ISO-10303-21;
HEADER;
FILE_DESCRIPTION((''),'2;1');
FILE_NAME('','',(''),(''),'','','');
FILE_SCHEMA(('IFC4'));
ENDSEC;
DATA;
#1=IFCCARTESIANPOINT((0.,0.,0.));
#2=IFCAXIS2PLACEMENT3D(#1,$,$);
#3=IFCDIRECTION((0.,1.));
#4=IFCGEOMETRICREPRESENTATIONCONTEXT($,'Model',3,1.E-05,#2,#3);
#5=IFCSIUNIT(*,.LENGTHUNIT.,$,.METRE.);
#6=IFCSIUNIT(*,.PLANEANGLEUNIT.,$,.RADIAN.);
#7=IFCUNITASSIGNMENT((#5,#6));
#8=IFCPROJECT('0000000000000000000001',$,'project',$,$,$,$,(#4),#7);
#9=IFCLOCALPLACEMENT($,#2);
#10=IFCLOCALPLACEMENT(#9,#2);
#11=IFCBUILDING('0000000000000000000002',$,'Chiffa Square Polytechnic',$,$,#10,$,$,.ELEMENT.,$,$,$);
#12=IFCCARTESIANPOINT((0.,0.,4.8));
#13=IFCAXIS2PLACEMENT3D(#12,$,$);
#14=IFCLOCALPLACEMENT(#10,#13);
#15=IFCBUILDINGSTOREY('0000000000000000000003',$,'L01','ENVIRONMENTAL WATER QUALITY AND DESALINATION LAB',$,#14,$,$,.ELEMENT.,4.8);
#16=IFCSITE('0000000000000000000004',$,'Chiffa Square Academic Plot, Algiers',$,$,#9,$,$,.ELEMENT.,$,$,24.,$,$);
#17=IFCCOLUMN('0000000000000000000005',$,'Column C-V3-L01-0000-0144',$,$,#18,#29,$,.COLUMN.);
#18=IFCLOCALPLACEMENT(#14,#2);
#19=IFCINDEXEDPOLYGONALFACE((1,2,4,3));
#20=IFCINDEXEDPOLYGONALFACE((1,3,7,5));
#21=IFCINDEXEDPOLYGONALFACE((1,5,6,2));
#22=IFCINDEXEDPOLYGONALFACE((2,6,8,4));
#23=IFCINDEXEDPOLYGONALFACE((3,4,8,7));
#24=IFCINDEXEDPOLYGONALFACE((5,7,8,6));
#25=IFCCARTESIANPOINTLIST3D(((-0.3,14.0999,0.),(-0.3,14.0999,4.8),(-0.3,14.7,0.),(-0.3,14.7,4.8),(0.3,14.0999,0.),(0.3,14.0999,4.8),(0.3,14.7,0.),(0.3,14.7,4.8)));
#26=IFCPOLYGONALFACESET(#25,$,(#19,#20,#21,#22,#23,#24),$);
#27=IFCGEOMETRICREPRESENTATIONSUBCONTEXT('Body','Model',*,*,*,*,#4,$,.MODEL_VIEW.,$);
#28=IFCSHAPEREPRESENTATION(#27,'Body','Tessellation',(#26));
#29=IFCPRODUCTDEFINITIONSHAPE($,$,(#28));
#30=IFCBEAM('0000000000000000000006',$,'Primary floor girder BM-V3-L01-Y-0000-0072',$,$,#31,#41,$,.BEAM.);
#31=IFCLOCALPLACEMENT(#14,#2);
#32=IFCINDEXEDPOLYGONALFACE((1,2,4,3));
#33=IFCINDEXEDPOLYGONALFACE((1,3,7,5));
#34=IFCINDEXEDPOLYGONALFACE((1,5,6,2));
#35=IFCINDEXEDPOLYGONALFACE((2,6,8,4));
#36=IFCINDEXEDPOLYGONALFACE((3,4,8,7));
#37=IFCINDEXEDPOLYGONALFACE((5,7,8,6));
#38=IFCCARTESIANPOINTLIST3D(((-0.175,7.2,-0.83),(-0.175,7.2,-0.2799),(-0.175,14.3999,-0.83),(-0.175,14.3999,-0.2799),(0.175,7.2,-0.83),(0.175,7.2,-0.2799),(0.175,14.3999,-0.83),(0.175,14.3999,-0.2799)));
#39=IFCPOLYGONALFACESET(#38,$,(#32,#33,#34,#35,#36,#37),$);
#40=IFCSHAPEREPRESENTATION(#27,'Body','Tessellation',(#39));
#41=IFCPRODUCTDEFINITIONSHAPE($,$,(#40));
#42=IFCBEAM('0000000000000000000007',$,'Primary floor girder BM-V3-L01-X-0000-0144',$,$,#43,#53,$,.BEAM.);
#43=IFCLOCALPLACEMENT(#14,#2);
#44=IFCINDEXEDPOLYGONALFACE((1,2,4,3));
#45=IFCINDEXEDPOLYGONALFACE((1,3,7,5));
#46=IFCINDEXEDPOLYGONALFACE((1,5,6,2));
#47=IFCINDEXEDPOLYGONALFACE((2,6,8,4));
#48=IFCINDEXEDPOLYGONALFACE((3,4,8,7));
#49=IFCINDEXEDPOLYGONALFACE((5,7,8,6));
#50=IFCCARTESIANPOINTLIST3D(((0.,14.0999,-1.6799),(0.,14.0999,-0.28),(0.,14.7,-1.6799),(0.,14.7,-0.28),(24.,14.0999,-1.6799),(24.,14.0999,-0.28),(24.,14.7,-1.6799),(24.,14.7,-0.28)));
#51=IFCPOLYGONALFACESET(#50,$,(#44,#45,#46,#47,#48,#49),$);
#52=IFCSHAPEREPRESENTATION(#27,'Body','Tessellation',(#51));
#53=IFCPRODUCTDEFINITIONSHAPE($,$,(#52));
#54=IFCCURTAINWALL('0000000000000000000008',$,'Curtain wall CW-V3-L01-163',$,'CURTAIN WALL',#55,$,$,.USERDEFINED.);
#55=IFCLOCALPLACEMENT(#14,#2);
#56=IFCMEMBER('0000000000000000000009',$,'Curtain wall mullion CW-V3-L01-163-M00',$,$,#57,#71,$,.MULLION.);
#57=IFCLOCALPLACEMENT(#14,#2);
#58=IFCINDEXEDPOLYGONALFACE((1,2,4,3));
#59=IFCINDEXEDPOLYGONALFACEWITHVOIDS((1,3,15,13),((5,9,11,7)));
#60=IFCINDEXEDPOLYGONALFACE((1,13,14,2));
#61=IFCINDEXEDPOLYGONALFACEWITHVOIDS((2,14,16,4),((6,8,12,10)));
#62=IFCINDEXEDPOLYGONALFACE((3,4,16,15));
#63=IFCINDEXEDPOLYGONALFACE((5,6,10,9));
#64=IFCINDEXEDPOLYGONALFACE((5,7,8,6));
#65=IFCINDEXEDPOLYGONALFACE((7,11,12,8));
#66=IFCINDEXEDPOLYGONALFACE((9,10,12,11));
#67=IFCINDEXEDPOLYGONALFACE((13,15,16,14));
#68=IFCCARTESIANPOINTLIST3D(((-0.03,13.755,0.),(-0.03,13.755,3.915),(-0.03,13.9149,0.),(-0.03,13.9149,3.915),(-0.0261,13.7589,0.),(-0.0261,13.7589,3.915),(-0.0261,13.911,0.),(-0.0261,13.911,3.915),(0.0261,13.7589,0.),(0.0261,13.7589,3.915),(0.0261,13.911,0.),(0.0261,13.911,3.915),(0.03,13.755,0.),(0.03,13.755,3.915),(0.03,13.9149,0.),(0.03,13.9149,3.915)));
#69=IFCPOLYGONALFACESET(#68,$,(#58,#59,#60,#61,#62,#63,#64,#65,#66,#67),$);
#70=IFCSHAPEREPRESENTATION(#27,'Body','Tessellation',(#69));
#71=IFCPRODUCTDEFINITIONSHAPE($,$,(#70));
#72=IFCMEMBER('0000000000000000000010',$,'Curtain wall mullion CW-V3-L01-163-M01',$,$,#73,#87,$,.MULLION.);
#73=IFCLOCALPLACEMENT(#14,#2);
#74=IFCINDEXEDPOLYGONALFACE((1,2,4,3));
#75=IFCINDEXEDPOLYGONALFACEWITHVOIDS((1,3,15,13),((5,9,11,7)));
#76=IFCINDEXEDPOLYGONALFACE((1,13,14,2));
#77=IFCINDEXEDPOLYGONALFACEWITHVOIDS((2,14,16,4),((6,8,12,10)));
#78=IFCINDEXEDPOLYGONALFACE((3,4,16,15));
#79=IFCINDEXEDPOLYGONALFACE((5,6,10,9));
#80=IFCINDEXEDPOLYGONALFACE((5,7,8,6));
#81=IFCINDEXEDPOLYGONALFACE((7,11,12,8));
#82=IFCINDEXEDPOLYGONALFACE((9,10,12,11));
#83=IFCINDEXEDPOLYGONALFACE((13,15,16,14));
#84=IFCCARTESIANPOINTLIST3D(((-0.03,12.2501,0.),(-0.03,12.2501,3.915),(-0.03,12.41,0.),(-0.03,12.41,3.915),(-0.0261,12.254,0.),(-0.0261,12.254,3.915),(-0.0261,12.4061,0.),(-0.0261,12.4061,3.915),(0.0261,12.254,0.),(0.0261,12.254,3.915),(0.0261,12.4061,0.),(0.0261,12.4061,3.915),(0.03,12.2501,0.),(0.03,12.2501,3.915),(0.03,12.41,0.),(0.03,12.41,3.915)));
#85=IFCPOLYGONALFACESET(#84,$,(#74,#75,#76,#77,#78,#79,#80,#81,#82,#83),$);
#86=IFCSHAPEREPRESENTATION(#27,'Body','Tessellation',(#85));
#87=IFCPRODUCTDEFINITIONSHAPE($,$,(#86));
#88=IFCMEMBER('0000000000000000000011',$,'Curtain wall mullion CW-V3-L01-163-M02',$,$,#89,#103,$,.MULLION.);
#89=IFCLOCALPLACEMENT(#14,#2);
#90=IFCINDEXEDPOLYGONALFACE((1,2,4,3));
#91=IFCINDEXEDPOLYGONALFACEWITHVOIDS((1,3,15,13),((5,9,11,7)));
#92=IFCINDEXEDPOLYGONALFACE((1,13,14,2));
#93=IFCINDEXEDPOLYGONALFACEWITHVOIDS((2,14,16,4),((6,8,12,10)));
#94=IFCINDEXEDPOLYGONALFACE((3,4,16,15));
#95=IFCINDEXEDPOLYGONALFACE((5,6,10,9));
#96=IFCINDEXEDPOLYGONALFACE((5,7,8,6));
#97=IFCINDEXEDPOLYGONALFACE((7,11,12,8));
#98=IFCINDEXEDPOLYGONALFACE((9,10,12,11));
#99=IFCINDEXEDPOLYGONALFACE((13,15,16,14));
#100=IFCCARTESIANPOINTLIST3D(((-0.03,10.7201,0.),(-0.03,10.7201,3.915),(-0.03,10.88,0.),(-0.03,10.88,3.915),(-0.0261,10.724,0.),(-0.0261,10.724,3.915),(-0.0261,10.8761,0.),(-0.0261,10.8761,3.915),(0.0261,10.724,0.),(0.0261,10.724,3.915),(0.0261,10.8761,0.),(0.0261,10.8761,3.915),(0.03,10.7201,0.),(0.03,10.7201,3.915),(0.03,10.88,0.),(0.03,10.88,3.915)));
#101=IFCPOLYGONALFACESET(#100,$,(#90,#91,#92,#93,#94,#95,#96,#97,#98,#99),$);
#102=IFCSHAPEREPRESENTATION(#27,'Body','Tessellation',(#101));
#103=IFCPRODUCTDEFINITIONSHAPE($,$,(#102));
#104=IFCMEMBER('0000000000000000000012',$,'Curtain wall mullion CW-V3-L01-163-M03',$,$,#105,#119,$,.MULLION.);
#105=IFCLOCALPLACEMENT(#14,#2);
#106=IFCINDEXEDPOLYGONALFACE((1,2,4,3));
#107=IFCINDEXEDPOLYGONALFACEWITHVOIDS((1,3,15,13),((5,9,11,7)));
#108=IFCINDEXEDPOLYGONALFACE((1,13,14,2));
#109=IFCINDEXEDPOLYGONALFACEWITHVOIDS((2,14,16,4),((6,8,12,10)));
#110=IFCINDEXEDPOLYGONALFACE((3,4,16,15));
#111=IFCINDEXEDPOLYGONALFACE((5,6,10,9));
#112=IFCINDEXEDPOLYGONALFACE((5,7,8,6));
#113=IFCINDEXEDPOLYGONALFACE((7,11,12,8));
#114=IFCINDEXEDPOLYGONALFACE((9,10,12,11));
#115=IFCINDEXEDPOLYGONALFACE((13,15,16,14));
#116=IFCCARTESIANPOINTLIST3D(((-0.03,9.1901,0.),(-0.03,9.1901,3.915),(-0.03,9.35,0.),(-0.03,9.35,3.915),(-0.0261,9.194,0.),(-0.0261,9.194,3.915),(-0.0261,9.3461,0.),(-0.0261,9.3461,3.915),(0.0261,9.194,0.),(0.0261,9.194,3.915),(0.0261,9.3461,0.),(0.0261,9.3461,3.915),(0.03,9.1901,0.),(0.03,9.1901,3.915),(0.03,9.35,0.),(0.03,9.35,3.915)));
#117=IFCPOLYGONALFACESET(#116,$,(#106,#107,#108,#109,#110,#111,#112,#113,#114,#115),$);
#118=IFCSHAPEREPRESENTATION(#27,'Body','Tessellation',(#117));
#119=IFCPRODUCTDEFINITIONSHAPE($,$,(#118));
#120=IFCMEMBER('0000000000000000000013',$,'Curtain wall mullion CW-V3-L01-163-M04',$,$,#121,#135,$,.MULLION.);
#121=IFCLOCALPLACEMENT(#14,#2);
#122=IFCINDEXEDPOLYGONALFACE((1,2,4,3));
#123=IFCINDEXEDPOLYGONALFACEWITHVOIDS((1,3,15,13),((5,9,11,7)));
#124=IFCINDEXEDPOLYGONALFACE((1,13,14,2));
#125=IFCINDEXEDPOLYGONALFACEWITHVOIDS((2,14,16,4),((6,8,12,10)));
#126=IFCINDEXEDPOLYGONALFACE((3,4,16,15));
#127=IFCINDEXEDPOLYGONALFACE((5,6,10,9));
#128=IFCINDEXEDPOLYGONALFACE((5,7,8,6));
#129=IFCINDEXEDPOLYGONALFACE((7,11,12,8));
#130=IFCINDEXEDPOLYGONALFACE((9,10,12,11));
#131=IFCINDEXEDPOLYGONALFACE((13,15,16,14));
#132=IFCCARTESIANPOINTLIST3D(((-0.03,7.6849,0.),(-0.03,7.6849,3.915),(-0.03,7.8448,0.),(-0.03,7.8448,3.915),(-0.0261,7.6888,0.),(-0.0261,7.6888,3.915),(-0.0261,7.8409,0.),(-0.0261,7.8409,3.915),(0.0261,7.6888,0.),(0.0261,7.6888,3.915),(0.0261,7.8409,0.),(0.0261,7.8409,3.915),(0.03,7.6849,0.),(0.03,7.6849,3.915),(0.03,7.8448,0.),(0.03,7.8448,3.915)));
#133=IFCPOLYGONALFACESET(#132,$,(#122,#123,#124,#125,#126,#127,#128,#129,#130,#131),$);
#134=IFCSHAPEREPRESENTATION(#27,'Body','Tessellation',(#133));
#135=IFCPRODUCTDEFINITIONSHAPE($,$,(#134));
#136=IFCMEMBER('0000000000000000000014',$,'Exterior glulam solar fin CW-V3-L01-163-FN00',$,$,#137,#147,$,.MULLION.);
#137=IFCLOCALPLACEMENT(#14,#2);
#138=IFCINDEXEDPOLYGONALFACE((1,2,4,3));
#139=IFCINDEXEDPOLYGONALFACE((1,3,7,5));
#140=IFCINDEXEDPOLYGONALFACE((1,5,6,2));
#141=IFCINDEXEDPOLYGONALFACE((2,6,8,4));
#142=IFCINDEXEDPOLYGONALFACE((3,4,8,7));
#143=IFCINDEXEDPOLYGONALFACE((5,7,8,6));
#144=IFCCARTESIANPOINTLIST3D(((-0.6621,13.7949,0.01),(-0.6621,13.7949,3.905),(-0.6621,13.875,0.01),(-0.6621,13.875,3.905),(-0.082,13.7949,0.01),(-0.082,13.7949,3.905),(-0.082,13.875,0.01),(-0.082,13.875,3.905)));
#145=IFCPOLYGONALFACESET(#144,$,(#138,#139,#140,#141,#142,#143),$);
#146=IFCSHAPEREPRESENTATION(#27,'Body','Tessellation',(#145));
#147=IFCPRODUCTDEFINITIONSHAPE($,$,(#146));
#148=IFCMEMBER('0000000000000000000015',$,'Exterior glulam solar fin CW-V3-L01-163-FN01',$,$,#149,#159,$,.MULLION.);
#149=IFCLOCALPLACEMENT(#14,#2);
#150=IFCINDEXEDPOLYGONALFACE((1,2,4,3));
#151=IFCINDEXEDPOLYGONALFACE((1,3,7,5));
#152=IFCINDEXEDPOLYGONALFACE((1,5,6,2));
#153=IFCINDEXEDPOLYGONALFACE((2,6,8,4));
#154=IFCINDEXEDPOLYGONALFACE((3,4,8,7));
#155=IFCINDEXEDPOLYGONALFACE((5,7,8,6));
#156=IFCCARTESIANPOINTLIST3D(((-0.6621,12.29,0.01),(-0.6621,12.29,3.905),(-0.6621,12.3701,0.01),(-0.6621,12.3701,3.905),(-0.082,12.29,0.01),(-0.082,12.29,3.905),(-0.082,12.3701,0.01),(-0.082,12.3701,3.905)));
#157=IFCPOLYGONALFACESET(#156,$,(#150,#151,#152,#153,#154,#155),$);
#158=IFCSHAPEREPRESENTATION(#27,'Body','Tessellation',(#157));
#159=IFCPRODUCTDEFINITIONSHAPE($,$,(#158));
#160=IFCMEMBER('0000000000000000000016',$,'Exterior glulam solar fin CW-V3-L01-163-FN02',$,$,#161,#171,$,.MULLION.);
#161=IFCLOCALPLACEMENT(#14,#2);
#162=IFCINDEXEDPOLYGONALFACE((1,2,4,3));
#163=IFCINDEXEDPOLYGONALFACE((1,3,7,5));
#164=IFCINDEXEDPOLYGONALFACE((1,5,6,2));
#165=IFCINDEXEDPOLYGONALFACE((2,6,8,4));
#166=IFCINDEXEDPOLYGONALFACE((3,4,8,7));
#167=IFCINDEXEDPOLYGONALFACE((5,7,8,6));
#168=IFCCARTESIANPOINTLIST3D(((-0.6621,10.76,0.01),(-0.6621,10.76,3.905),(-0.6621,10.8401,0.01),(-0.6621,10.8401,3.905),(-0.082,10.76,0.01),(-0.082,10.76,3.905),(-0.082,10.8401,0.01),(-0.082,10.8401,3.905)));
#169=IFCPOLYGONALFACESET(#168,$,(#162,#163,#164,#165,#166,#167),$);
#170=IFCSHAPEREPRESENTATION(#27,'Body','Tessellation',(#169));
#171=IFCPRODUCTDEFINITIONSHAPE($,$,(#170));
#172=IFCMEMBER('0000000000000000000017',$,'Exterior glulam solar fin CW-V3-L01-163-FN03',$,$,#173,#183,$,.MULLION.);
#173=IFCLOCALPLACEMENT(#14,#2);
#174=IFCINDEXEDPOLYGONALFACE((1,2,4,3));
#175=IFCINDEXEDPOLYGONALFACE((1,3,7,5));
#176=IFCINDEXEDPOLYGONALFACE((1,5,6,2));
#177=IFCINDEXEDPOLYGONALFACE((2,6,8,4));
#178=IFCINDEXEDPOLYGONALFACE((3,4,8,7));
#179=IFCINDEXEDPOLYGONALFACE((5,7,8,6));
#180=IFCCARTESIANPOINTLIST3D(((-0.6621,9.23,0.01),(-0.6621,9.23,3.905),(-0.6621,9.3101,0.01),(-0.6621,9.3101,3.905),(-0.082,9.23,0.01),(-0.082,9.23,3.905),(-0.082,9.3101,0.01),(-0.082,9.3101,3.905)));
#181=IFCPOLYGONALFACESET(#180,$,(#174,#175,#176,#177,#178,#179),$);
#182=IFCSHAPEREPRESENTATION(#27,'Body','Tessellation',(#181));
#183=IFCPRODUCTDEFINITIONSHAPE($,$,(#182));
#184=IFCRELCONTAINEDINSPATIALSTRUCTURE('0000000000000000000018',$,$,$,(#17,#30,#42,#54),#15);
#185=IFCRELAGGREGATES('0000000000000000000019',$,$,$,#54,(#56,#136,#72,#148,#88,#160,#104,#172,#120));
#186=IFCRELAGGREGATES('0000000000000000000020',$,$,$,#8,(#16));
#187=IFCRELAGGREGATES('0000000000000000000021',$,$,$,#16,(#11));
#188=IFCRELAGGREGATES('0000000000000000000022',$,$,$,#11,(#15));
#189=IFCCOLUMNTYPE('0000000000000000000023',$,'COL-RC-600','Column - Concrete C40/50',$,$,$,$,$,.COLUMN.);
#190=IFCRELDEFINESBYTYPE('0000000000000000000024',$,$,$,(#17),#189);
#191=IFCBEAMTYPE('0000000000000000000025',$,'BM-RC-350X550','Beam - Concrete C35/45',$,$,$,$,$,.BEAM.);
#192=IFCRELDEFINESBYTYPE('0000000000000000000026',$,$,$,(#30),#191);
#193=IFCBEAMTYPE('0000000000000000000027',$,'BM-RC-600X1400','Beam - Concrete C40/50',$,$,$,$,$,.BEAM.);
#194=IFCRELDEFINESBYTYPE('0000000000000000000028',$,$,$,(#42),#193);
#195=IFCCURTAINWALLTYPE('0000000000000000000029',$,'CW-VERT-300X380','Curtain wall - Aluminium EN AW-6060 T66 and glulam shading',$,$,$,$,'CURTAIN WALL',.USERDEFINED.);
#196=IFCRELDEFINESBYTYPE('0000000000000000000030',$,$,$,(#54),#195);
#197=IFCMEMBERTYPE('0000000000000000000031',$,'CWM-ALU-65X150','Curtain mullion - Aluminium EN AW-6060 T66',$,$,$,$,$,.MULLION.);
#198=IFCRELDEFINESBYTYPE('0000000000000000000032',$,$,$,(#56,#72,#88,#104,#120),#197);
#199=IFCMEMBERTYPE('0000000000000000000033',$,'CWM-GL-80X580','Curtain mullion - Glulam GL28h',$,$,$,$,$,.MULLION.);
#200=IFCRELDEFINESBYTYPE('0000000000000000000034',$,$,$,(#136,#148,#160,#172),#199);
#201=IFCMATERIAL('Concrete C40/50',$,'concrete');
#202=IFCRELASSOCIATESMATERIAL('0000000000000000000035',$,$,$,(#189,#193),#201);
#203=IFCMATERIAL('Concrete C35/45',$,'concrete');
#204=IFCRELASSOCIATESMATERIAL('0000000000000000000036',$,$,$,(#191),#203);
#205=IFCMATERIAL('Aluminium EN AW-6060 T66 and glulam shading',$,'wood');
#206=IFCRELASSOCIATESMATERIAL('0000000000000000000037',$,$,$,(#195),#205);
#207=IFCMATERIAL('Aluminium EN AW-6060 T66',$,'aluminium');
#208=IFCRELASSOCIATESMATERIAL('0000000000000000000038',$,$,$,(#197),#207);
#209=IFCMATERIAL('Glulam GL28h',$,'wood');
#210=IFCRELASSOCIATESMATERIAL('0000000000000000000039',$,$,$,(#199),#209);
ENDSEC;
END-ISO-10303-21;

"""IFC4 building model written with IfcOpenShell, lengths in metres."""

from ifc_helpers import new_model, si_unit, direction, frame, origin, origin_2d, place, context, subcontext, project, spatial, rectangle, hollow_rectangle, extrude, material, material_profile, profile_set, type_object, element, aggregate, save


model = new_model("IFC4")

# Units and contexts
model_context = context("Model", 3, precision=1e-05, world=origin(), true_north=direction((0.0, 1.0)))
body_context = subcontext(model_context, "Body", "Model", "MODEL_VIEW")
ifc_project = project(units=[si_unit("LENGTHUNIT", "METRE"), si_unit("PLANEANGLEUNIT", "RADIAN")], contexts=[model_context])

# Site, building, storey
site_placement = place(None, origin())
site = spatial("IfcSite", under=ifc_project, at=site_placement, Name="Chiffa Square Academic Plot, Algiers", CompositionType="ELEMENT", RefElevation=24.0)
building_placement = place(site_placement, origin())
building = spatial("IfcBuilding", under=site, at=building_placement, Name="Chiffa Square Polytechnic", CompositionType="ELEMENT")
storey_placement = place(building_placement, frame((0.0, 0.0, 4.8)))
storey = spatial("IfcBuildingStorey", under=building, at=storey_placement, Name="L01", Description="ENVIRONMENTAL WATER QUALITY AND DESALINATION LAB", CompositionType="ELEMENT", Elevation=4.8)

# Column
ifc_material_1 = material(Name="Concrete C40/50", Category="concrete")
ifc_material_profile_1 = material_profile(ifc_material_1, rectangle(XDim=0.6001, YDim=0.6001, at=origin_2d()), Name="RC 600x600")
ifc_profile_set_1 = profile_set([ifc_material_profile_1], Name="Concrete C40/50")
column_type = type_object("IfcColumnType", Name="COL-RC-600", Description="Column - Concrete C40/50", PredefinedType="COLUMN", material=ifc_profile_set_1)
column_placement = place(storey_placement, frame((0.0, 14.3999, 0.0), z_axis=(0.0, 0.0, 1.0), x_axis=(1.0, 0.0, 0.0)))
element("IfcColumn", 1, at=column_placement, inside=storey, type_object=column_type, Name="Column C-V3-L01-0000-0144", PredefinedType="COLUMN", context=body_context, shape_type="SweptSolid", body=[
    extrude(rectangle(XDim=0.6001, YDim=0.6001, at=origin_2d()), origin(), (0.0, 0.0, 1.0), 4.8),
])

# Beams
ifc_material_2 = material(Name="Concrete C35/45", Category="concrete")
ifc_material_profile_2 = material_profile(ifc_material_2, rectangle(XDim=0.3501, YDim=0.55, at=origin_2d()), Name="RC 350x550")
ifc_profile_set_2 = profile_set([ifc_material_profile_2], Name="Concrete C35/45")
beam_type_1 = type_object("IfcBeamType", Name="BM-RC-350X550", Description="Beam - Concrete C35/45", PredefinedType="BEAM", material=ifc_profile_set_2)
beam_1_placement = place(storey_placement, frame((0.0, 7.2, -0.5549), z_axis=(0.0, 1.0, 0.0), x_axis=(-1.0, 0.0, 0.0)))
element("IfcBeam", 2, at=beam_1_placement, inside=storey, type_object=beam_type_1, Name="Primary floor girder BM-V3-L01-Y-0000-0072", PredefinedType="BEAM", context=body_context, shape_type="SweptSolid", body=[
    extrude(rectangle(XDim=0.3501, YDim=0.55, at=origin_2d()), origin(), (0.0, 0.0, 1.0), 7.2),
])
ifc_material_profile_3 = material_profile(ifc_material_1, rectangle(XDim=0.6001, YDim=1.3999, at=origin_2d()), Name="RC 600x1400")
ifc_profile_set_3 = profile_set([ifc_material_profile_3], Name="Concrete C40/50")
beam_type_2 = type_object("IfcBeamType", Name="BM-RC-600X1400", Description="Beam - Concrete C40/50", PredefinedType="BEAM", material=ifc_profile_set_3)
beam_2_placement = place(storey_placement, frame((0.0, 14.3999, -0.98), z_axis=(1.0, 0.0, 0.0), x_axis=(0.0, 1.0, 0.0)))
element("IfcBeam", 3, at=beam_2_placement, inside=storey, type_object=beam_type_2, Name="Primary floor girder BM-V3-L01-X-0000-0144", PredefinedType="BEAM", context=body_context, shape_type="SweptSolid", body=[
    extrude(rectangle(XDim=0.6001, YDim=1.3999, at=origin_2d()), origin(), (0.0, 0.0, 1.0), 24.0),
])

# Curtain wall, members
ifc_material_3 = material(Name="Aluminium EN AW-6060 T66 and glulam shading", Category="wood")
curtain_wall_type = type_object("IfcCurtainWallType", Name="CW-VERT-300X380", Description="Curtain wall - Aluminium EN AW-6060 T66 and glulam shading", ElementType="CURTAIN WALL", PredefinedType="USERDEFINED", material=ifc_material_3)
curtain_wall_placement = place(storey_placement, origin())
curtain_wall = element("IfcCurtainWall", 4, at=curtain_wall_placement, inside=storey, type_object=curtain_wall_type, Name="Curtain wall CW-V3-L01-163", ObjectType="CURTAIN WALL", PredefinedType="USERDEFINED")
ifc_material_4 = material(Name="Aluminium EN AW-6060 T66", Category="aluminium")
ifc_material_profile_4 = material_profile(ifc_material_4, hollow_rectangle(XDim=0.0601, YDim=0.1599, WallThickness=0.0039, at=origin_2d()), Name="ALU 60x160x4")
ifc_profile_set_4 = profile_set([ifc_material_profile_4], Name="Aluminium EN AW-6060 T66")
member_type_1 = type_object("IfcMemberType", Name="CWM-ALU-65X150", Description="Curtain mullion - Aluminium EN AW-6060 T66", PredefinedType="MULLION", material=ifc_profile_set_4)
member_1_placement = place(storey_placement, frame((0.0, 13.835, 0.0), z_axis=(0.0, 0.0, 1.0), x_axis=(1.0, 0.0, 0.0)))
member_1 = element("IfcMember", 5, at=member_1_placement, type_object=member_type_1, Name="Curtain wall mullion CW-V3-L01-163-M00", PredefinedType="MULLION", context=body_context, shape_type="SweptSolid", body=[
    extrude(hollow_rectangle(XDim=0.0601, YDim=0.1599, WallThickness=0.0039, at=origin_2d()), origin(), (0.0, 0.0, 1.0), 3.915),
])
member_2_placement = place(storey_placement, frame((0.0, 12.3301, 0.0), z_axis=(0.0, 0.0, 1.0), x_axis=(1.0, 0.0, 0.0)))
member_2 = element("IfcMember", 6, at=member_2_placement, type_object=member_type_1, Name="Curtain wall mullion CW-V3-L01-163-M01", PredefinedType="MULLION", context=body_context, shape_type="SweptSolid", body=[
    extrude(hollow_rectangle(XDim=0.0601, YDim=0.1599, WallThickness=0.0039, at=origin_2d()), origin(), (0.0, 0.0, 1.0), 3.915),
])
member_3_placement = place(storey_placement, frame((0.0, 10.8, 0.0), z_axis=(0.0, 0.0, 1.0), x_axis=(1.0, 0.0, 0.0)))
member_3 = element("IfcMember", 7, at=member_3_placement, type_object=member_type_1, Name="Curtain wall mullion CW-V3-L01-163-M02", PredefinedType="MULLION", context=body_context, shape_type="SweptSolid", body=[
    extrude(hollow_rectangle(XDim=0.0601, YDim=0.1599, WallThickness=0.0039, at=origin_2d()), origin(), (0.0, 0.0, 1.0), 3.915),
])
member_4_placement = place(storey_placement, frame((0.0, 9.27, 0.0), z_axis=(0.0, 0.0, 1.0), x_axis=(1.0, 0.0, 0.0)))
member_4 = element("IfcMember", 8, at=member_4_placement, type_object=member_type_1, Name="Curtain wall mullion CW-V3-L01-163-M03", PredefinedType="MULLION", context=body_context, shape_type="SweptSolid", body=[
    extrude(hollow_rectangle(XDim=0.0601, YDim=0.1599, WallThickness=0.0039, at=origin_2d()), origin(), (0.0, 0.0, 1.0), 3.915),
])
member_5_placement = place(storey_placement, frame((0.0, 7.7649, 0.0), z_axis=(0.0, 0.0, 1.0), x_axis=(1.0, 0.0, 0.0)))
member_5 = element("IfcMember", 9, at=member_5_placement, type_object=member_type_1, Name="Curtain wall mullion CW-V3-L01-163-M04", PredefinedType="MULLION", context=body_context, shape_type="SweptSolid", body=[
    extrude(hollow_rectangle(XDim=0.0601, YDim=0.1599, WallThickness=0.0039, at=origin_2d()), origin(), (0.0, 0.0, 1.0), 3.915),
])
ifc_material_5 = material(Name="Glulam GL28h", Category="wood")
ifc_material_profile_5 = material_profile(ifc_material_5, rectangle(XDim=0.0801, YDim=0.5801, at=origin_2d()), Name="GL28h 80x580")
ifc_profile_set_5 = profile_set([ifc_material_profile_5], Name="Glulam GL28h")
member_type_2 = type_object("IfcMemberType", Name="CWM-GL-80X580", Description="Curtain mullion - Glulam GL28h", PredefinedType="MULLION", material=ifc_profile_set_5)
member_6_placement = place(storey_placement, frame((-0.3721, 13.835, 0.01), z_axis=(0.0, 0.0, 1.0), x_axis=(0.0, -1.0, 0.0)))
member_6 = element("IfcMember", 10, at=member_6_placement, type_object=member_type_2, Name="Exterior glulam solar fin CW-V3-L01-163-FN00", PredefinedType="MULLION", context=body_context, shape_type="SweptSolid", body=[
    extrude(rectangle(XDim=0.0801, YDim=0.5801, at=origin_2d()), origin(), (0.0, 0.0, 1.0), 3.895),
])
member_7_placement = place(storey_placement, frame((-0.3721, 12.3301, 0.01), z_axis=(0.0, 0.0, 1.0), x_axis=(0.0, -1.0, 0.0)))
member_7 = element("IfcMember", 11, at=member_7_placement, type_object=member_type_2, Name="Exterior glulam solar fin CW-V3-L01-163-FN01", PredefinedType="MULLION", context=body_context, shape_type="SweptSolid", body=[
    extrude(rectangle(XDim=0.0801, YDim=0.5801, at=origin_2d()), origin(), (0.0, 0.0, 1.0), 3.895),
])
member_8_placement = place(storey_placement, frame((-0.3721, 10.8, 0.01), z_axis=(0.0, 0.0, 1.0), x_axis=(0.0, -1.0, 0.0)))
member_8 = element("IfcMember", 12, at=member_8_placement, type_object=member_type_2, Name="Exterior glulam solar fin CW-V3-L01-163-FN02", PredefinedType="MULLION", context=body_context, shape_type="SweptSolid", body=[
    extrude(rectangle(XDim=0.0801, YDim=0.5801, at=origin_2d()), origin(), (0.0, 0.0, 1.0), 3.895),
])
member_9_placement = place(storey_placement, frame((-0.3721, 9.27, 0.01), z_axis=(0.0, 0.0, 1.0), x_axis=(0.0, -1.0, 0.0)))
member_9 = element("IfcMember", 13, at=member_9_placement, type_object=member_type_2, Name="Exterior glulam solar fin CW-V3-L01-163-FN03", PredefinedType="MULLION", context=body_context, shape_type="SweptSolid", body=[
    extrude(rectangle(XDim=0.0801, YDim=0.5801, at=origin_2d()), origin(), (0.0, 0.0, 1.0), 3.895),
])
aggregate(curtain_wall, [member_1, member_6, member_2, member_7, member_3, member_8, member_4, member_9, member_5])

save(model, "model.ifc")
